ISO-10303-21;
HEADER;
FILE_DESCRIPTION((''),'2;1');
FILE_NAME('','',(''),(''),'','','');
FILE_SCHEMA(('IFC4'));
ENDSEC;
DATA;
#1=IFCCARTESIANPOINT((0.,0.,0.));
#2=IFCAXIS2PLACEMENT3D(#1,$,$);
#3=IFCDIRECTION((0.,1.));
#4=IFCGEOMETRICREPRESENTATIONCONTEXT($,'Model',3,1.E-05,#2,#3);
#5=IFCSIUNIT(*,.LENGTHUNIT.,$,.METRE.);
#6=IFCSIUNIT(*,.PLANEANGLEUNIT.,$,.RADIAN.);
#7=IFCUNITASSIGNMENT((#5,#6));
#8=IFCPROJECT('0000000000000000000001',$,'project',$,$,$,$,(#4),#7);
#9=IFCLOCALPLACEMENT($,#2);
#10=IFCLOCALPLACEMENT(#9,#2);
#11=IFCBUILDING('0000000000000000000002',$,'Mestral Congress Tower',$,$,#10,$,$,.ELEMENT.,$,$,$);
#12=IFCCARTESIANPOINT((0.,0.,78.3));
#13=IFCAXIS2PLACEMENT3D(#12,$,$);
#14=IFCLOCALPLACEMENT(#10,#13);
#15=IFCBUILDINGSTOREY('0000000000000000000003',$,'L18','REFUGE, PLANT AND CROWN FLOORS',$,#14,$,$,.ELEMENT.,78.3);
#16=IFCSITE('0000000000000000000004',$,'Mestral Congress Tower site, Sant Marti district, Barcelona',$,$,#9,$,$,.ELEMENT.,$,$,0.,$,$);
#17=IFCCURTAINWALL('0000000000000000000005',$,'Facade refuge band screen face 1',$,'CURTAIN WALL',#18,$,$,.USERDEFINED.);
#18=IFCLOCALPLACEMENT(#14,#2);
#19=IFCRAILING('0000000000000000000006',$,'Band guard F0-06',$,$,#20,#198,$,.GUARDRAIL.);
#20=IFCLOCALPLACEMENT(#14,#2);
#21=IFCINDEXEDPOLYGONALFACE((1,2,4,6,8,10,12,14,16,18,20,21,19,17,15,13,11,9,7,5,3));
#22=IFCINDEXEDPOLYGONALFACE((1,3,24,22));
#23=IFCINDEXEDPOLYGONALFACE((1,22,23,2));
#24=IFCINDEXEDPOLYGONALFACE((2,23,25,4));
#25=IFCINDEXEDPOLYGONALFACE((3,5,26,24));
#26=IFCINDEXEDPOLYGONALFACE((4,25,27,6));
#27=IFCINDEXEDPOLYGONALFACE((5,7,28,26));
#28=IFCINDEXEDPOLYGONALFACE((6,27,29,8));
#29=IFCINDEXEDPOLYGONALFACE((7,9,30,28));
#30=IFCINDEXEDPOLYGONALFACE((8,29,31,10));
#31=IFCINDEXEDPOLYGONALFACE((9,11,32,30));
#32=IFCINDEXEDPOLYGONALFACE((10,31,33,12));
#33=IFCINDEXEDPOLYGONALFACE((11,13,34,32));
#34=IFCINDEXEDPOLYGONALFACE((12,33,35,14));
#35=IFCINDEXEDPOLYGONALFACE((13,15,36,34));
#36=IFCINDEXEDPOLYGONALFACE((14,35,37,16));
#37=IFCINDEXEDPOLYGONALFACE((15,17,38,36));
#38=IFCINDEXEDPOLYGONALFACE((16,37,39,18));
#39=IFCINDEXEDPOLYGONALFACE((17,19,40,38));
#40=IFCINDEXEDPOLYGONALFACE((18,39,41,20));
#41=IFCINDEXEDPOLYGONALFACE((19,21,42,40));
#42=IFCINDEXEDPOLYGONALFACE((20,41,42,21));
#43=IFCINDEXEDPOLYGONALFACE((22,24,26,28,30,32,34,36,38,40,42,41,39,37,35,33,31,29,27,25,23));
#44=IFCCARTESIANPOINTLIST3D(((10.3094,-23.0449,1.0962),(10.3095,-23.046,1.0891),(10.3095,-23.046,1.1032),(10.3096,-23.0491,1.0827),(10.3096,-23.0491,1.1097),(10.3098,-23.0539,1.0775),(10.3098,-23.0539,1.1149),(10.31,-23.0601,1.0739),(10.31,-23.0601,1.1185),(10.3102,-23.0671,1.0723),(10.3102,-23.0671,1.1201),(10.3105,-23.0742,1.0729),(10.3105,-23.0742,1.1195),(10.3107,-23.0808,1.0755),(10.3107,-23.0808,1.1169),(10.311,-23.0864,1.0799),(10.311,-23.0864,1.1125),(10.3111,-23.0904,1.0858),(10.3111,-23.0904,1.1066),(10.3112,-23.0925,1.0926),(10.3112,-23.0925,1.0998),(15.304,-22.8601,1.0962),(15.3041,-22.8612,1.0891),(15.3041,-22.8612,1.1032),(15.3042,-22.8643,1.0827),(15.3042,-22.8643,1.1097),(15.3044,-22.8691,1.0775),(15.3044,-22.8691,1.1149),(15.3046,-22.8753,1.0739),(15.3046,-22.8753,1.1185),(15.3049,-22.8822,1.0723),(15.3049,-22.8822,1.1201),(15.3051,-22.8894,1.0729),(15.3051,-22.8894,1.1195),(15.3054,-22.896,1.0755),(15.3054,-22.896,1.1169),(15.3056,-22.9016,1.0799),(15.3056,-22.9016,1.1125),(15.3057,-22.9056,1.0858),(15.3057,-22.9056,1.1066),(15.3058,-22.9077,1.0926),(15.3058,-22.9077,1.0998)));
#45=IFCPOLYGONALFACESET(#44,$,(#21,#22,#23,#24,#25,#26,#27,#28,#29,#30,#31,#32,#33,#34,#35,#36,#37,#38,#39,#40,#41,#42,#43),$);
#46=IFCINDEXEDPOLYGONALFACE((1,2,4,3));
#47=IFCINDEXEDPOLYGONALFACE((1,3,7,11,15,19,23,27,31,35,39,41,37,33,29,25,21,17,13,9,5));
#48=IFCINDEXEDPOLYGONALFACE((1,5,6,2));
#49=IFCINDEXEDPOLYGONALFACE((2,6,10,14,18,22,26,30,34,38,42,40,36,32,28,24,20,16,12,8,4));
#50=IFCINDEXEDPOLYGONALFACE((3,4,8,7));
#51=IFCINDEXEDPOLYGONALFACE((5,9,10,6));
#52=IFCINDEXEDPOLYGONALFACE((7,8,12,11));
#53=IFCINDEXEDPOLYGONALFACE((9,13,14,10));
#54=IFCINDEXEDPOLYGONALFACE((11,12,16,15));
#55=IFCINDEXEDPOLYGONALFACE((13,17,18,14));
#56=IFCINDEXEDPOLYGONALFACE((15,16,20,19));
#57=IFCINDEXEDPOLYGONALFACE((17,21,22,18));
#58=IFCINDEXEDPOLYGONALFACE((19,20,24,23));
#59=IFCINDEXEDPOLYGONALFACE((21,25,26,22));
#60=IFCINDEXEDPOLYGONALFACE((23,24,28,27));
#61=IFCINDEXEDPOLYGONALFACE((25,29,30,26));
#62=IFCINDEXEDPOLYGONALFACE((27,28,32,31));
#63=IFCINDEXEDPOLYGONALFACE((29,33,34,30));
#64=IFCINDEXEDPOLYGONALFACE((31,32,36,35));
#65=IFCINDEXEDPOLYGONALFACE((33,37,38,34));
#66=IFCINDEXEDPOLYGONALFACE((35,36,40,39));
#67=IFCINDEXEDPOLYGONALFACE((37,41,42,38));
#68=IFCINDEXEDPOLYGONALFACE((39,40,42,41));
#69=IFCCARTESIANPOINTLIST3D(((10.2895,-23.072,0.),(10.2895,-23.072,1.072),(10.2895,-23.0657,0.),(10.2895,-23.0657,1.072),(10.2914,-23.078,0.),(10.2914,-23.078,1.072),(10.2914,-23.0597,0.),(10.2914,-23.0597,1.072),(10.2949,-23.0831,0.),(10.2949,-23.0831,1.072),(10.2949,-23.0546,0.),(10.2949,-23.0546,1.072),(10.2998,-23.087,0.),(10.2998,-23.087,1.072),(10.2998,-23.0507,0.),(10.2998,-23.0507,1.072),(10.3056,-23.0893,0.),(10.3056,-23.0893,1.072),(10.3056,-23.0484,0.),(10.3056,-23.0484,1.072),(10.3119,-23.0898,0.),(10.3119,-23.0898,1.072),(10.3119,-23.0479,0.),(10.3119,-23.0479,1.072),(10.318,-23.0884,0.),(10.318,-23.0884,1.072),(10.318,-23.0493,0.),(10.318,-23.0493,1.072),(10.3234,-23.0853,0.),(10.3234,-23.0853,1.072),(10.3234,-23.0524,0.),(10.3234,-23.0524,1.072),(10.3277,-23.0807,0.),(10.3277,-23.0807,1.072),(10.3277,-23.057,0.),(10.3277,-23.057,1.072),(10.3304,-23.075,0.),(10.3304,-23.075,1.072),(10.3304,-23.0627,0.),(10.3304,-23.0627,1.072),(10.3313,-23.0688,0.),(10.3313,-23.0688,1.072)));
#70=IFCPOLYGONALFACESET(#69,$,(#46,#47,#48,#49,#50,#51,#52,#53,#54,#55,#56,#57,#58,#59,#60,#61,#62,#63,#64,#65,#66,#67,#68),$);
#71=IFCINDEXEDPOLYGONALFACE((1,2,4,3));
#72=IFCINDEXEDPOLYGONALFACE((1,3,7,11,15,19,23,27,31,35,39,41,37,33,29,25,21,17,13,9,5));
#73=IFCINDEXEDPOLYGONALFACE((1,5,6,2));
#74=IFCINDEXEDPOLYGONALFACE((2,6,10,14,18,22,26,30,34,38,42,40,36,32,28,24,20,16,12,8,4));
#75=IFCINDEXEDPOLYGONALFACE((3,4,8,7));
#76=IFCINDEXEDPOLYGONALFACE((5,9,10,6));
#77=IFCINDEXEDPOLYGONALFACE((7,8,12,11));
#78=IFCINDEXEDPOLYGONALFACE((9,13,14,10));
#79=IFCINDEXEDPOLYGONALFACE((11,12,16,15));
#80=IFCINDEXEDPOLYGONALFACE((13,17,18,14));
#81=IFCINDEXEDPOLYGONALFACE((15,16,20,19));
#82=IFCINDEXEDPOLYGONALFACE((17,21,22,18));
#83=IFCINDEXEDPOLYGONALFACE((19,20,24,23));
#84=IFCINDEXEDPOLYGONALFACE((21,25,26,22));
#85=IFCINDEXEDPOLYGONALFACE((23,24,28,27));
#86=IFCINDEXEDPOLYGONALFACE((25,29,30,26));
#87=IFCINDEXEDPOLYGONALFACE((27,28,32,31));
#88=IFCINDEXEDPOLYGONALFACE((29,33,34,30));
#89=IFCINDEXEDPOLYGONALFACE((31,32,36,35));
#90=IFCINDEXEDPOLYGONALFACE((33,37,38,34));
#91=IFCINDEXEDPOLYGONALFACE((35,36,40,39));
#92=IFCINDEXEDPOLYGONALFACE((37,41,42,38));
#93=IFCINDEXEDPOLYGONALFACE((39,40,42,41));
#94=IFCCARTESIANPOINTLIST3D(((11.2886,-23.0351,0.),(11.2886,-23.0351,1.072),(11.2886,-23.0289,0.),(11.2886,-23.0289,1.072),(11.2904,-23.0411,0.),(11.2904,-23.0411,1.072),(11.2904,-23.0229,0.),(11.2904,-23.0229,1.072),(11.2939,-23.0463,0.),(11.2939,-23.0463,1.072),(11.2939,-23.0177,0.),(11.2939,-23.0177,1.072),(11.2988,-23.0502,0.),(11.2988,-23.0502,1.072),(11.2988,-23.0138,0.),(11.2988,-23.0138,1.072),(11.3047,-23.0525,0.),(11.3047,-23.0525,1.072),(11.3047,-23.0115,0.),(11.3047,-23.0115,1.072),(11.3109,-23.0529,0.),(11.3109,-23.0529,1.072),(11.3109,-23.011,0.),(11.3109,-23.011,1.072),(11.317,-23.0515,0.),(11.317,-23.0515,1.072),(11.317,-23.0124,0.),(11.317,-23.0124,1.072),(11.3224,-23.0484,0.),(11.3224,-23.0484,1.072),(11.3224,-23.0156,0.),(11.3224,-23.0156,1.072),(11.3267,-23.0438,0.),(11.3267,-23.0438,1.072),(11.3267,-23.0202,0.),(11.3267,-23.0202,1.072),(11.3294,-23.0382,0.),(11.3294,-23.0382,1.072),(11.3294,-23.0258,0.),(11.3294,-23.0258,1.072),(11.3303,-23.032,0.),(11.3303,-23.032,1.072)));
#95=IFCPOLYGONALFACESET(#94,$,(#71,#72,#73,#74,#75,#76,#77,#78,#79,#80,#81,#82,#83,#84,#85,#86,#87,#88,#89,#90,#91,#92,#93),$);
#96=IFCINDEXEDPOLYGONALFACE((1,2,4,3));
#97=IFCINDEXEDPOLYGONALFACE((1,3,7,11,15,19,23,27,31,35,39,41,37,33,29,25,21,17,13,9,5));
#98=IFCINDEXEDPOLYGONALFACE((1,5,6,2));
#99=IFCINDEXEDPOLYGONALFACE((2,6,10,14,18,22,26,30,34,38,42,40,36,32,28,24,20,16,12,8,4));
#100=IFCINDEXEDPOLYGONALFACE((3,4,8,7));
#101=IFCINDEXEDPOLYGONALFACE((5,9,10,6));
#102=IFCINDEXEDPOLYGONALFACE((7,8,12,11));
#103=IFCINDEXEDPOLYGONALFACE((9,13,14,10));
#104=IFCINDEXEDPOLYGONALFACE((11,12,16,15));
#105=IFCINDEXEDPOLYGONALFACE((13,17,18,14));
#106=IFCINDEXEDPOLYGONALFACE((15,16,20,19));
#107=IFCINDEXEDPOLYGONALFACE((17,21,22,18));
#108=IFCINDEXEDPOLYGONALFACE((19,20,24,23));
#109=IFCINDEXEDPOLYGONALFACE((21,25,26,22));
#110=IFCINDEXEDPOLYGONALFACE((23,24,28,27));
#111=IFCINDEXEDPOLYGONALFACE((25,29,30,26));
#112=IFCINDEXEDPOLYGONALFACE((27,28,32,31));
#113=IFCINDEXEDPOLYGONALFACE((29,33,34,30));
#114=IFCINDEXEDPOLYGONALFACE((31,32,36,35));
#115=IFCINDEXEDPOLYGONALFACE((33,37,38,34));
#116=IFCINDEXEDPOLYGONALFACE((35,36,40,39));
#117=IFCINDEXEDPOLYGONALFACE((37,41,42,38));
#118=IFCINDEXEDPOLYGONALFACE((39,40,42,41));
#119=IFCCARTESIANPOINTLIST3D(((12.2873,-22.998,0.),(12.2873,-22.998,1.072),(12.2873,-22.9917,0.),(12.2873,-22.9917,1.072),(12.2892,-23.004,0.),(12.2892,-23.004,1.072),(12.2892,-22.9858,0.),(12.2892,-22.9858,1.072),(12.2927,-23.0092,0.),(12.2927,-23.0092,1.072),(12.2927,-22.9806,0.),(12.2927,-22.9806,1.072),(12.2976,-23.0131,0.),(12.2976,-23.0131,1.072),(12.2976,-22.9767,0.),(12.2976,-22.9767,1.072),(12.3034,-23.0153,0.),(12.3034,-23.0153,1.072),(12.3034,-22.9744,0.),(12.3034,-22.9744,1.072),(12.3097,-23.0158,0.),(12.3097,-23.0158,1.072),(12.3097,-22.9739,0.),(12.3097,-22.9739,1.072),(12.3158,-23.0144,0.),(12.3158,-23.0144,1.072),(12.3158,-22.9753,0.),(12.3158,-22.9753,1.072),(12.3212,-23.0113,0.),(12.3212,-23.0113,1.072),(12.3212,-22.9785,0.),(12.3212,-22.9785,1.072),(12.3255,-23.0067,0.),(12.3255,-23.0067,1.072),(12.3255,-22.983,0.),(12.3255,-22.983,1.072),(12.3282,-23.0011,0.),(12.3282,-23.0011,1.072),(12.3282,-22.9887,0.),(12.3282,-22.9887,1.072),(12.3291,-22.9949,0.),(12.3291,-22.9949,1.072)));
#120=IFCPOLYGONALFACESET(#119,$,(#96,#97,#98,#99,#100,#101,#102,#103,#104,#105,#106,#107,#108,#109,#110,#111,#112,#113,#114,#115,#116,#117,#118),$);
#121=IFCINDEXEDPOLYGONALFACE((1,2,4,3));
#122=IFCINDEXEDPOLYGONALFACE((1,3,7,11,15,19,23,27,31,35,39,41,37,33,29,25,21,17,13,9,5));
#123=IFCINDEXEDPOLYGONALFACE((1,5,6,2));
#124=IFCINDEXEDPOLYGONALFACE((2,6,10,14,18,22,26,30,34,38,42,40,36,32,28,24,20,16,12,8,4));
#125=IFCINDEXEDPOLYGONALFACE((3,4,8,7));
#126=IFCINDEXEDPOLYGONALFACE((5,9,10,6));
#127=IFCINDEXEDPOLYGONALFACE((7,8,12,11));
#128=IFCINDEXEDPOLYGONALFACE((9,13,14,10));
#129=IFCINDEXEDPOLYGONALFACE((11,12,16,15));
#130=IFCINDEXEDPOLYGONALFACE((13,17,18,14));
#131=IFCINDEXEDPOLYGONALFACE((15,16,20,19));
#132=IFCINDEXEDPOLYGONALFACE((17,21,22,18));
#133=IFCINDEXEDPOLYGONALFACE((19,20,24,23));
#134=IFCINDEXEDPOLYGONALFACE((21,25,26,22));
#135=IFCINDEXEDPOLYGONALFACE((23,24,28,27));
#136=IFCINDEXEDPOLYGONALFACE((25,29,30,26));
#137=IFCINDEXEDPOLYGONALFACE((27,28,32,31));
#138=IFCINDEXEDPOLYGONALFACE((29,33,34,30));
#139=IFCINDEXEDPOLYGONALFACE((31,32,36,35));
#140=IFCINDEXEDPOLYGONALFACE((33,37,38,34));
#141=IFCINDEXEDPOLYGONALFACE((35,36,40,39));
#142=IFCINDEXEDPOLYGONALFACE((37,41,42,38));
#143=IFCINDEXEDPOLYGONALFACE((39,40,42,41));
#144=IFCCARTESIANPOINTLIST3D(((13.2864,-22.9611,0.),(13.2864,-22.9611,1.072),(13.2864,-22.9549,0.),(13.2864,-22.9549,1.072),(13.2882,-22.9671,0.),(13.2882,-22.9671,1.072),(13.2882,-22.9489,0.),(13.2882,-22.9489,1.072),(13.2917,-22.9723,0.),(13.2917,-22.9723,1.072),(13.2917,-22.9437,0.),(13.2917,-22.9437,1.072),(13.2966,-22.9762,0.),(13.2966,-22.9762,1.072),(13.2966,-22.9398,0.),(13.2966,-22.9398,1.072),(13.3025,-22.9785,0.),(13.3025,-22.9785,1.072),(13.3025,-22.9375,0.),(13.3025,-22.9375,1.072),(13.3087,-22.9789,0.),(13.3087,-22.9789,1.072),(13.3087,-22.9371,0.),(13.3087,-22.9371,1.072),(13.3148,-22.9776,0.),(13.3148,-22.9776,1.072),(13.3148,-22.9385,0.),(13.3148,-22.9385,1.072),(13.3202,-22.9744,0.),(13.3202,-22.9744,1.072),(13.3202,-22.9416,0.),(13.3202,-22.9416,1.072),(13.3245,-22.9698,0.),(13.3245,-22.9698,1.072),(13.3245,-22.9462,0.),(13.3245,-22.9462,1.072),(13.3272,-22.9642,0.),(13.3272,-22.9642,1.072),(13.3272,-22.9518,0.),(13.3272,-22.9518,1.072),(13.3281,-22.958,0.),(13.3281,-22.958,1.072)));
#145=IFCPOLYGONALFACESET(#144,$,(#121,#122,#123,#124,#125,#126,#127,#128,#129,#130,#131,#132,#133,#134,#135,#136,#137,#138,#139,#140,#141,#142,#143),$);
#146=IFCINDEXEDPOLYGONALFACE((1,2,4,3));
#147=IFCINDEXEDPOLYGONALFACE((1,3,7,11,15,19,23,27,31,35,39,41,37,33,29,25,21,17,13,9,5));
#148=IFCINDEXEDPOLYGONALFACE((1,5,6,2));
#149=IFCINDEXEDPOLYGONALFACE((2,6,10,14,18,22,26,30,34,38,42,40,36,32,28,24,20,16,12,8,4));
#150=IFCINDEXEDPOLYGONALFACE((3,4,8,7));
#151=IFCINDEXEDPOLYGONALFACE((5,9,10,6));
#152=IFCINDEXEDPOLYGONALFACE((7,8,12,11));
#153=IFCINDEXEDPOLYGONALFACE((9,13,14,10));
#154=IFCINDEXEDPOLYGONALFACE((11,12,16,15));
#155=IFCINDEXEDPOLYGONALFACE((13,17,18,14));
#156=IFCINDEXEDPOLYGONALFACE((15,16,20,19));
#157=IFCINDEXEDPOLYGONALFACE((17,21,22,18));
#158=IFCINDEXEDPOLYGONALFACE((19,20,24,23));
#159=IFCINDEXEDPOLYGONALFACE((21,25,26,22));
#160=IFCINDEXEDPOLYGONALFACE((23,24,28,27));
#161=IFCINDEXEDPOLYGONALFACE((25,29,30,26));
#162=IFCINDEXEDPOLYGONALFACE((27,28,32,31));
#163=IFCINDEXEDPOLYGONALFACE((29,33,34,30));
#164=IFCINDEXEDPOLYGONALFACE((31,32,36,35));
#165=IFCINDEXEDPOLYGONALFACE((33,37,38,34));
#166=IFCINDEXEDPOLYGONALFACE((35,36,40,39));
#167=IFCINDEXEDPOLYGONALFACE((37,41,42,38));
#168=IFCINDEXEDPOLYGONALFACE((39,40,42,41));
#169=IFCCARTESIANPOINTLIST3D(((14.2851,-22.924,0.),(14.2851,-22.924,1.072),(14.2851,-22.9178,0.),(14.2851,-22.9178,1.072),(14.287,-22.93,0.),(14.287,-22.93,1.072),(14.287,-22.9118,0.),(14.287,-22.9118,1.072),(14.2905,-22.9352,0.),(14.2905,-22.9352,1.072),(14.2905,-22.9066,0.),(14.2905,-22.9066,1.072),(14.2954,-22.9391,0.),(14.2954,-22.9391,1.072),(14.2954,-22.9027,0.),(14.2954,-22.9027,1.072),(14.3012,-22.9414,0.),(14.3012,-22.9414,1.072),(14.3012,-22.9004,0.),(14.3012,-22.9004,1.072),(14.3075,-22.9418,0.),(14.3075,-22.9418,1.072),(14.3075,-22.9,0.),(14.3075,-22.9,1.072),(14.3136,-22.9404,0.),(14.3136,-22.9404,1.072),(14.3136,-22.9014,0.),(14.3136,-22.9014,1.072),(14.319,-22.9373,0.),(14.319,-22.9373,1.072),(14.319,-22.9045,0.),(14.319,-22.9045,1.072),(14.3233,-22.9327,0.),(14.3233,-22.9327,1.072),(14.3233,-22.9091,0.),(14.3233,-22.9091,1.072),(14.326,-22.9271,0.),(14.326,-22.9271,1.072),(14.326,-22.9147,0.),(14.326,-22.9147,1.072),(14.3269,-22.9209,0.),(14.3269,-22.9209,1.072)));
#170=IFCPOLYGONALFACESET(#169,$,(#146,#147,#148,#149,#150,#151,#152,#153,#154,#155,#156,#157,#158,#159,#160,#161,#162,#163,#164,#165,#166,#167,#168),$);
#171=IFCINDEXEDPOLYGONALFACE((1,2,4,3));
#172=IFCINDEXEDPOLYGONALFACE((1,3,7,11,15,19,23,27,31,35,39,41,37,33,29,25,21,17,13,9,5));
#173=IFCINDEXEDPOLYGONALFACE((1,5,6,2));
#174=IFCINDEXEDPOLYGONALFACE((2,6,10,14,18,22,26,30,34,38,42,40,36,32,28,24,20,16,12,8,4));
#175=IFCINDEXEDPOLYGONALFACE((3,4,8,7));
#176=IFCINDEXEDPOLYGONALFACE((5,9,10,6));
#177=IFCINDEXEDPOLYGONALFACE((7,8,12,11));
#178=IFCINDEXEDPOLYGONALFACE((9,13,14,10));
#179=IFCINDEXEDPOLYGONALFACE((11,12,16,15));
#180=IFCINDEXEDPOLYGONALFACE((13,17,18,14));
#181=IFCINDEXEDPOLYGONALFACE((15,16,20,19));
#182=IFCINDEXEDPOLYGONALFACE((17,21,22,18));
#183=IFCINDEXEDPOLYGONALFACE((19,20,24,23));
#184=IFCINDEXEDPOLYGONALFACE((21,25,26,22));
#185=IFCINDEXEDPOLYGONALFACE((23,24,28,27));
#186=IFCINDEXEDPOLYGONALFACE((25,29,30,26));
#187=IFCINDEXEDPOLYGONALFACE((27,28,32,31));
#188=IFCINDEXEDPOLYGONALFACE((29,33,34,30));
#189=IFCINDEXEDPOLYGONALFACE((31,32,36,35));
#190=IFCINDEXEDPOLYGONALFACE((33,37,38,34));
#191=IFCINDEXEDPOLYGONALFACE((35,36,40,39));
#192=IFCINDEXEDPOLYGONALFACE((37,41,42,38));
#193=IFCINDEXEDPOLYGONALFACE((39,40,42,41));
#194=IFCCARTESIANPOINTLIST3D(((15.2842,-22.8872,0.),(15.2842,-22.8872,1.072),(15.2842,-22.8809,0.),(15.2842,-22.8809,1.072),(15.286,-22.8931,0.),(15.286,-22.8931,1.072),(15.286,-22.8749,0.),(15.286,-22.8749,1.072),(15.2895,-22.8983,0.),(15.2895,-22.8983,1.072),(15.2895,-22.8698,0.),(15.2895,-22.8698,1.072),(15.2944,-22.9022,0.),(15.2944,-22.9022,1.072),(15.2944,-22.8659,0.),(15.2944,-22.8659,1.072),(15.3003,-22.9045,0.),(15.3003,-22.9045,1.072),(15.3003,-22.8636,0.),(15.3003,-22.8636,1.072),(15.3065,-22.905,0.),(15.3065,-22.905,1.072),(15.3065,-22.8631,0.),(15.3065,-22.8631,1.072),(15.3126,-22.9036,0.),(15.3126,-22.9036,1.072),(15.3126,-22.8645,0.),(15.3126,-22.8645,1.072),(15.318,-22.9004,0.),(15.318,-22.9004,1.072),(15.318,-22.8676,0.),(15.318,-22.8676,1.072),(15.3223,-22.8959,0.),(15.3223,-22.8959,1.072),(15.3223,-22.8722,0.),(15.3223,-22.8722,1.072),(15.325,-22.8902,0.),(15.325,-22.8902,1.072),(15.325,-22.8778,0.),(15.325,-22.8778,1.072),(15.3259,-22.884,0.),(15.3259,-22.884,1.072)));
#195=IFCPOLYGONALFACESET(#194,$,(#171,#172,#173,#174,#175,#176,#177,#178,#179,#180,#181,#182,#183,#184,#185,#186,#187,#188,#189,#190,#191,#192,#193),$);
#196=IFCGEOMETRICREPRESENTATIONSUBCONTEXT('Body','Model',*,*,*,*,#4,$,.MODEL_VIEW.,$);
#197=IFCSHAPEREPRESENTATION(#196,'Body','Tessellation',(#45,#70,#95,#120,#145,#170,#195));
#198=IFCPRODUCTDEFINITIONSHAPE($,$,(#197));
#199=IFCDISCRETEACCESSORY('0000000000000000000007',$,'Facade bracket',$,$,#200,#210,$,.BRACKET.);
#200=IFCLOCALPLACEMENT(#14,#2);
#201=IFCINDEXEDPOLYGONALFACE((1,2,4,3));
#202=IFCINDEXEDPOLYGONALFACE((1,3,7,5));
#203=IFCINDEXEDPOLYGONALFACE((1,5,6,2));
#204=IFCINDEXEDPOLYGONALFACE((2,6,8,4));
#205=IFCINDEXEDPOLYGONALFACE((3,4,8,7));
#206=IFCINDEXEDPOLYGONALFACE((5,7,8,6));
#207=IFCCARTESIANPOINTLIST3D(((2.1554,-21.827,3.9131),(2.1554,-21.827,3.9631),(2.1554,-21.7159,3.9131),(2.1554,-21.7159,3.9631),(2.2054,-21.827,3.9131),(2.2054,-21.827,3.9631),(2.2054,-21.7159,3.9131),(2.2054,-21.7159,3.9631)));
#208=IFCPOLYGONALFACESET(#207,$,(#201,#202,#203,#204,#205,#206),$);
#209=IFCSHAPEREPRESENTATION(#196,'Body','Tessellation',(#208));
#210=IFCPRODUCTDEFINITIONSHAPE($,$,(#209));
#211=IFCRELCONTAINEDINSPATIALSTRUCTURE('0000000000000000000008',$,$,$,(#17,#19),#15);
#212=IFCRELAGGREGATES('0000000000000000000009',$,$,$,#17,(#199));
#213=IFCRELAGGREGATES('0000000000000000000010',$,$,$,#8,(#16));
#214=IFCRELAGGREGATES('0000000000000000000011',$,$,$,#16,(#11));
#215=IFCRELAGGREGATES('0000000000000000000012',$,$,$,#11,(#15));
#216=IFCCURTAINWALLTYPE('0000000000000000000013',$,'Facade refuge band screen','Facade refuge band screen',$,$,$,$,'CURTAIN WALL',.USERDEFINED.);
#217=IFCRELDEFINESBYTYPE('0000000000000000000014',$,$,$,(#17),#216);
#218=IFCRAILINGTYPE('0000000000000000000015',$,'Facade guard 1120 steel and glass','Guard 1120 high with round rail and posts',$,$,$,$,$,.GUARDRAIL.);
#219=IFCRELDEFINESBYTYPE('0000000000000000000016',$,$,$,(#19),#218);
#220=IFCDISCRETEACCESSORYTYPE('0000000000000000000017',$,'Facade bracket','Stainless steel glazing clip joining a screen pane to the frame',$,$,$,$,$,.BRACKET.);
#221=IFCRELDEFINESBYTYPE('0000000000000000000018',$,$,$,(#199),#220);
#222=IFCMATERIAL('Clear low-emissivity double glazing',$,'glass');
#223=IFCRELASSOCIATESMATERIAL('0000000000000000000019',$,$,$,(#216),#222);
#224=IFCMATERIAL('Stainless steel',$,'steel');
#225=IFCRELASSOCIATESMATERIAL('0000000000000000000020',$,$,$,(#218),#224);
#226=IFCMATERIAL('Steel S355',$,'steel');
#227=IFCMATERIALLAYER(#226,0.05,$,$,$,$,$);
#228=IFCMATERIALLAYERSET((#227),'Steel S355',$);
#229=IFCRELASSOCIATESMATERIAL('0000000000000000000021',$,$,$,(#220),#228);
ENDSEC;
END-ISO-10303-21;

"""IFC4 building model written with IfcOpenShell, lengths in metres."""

from ifc_helpers import new_model, si_unit, direction, frame, origin, origin_2d, place, context, subcontext, project, spatial, rectangle, circle, extrude, material, layer, layer_set, type_object, element, aggregate, save


model = new_model("IFC4")

# Units and contexts
model_context = context("Model", 3, precision=1e-05, world=origin(), true_north=direction((0.0, 1.0)))
body_context = subcontext(model_context, "Body", "Model", "MODEL_VIEW")
ifc_project = project(units=[si_unit("LENGTHUNIT", "METRE"), si_unit("PLANEANGLEUNIT", "RADIAN")], contexts=[model_context])

# Site, building, storey
site_placement = place(None, origin())
site = spatial("IfcSite", under=ifc_project, at=site_placement, Name="Mestral Congress Tower site, Sant Marti district, Barcelona", CompositionType="ELEMENT", RefElevation=0.0)
building_placement = place(site_placement, origin())
building = spatial("IfcBuilding", under=site, at=building_placement, Name="Mestral Congress Tower", CompositionType="ELEMENT")
storey_placement = place(building_placement, frame((0.0, 0.0, 78.3)))
storey = spatial("IfcBuildingStorey", under=building, at=storey_placement, Name="L18", Description="REFUGE, PLANT AND CROWN FLOORS", CompositionType="ELEMENT", Elevation=78.3)

# Shared definitions
ifc_material_1 = material(Name="Steel S355", Category="steel")

# Curtain wall
ifc_material_2 = material(Name="Clear low-emissivity double glazing", Category="glass")
curtain_wall_type = type_object("IfcCurtainWallType", Name="Facade refuge band screen", Description="Facade refuge band screen", ElementType="CURTAIN WALL", PredefinedType="USERDEFINED", material=ifc_material_2)
curtain_wall_placement = place(storey_placement, origin())
curtain_wall = element("IfcCurtainWall", 1, at=curtain_wall_placement, inside=storey, type_object=curtain_wall_type, Name="Facade refuge band screen face 1", ObjectType="CURTAIN WALL", PredefinedType="USERDEFINED")

# Railing
ifc_material_3 = material(Name="Stainless steel", Category="steel")
railing_type = type_object("IfcRailingType", Name="Facade guard 1120 steel and glass", Description="Guard 1120 high with round rail and posts", PredefinedType="GUARDRAIL", material=ifc_material_3)
railing_1_placement = place(storey_placement, frame((10.3103, -23.0688, 0.0)))
element("IfcRailing", 2, at=railing_1_placement, inside=storey, type_object=railing_type, Name="Band guard F0-06", PredefinedType="GUARDRAIL", context=body_context, shape_type="SweptSolid", body=[
    extrude(circle(Radius=0.0239, at=origin_2d()), frame((0.0, 0.0, 1.0962), z_axis=(0.999316, 0.036977, 0.0), x_axis=(-0.036977, 0.999316, 0.0)), (0.0, 0.0, 1.0), 4.998),
    extrude(circle(Radius=0.021, at=origin_2d()), origin(), (0.0, 0.0, 1.0), 1.072),
    extrude(circle(Radius=0.021, at=origin_2d()), frame((0.999, 0.0369, 0.0)), (0.0, 0.0, 1.0), 1.072),
    extrude(circle(Radius=0.021, at=origin_2d()), frame((1.9978, 0.074, 0.0)), (0.0, 0.0, 1.0), 1.072),
    extrude(circle(Radius=0.021, at=origin_2d()), frame((2.9968, 0.1108, 0.0)), (0.0, 0.0, 1.0), 1.072),
    extrude(circle(Radius=0.021, at=origin_2d()), frame((3.9956, 0.1479, 0.0)), (0.0, 0.0, 1.0), 1.072),
    extrude(circle(Radius=0.021, at=origin_2d()), frame((4.9946, 0.1848, 0.0)), (0.0, 0.0, 1.0), 1.072),
])

# Discrete accessory
ifc_layer_1 = layer(ifc_material_1, 0.05)
ifc_layer_set_1 = layer_set([ifc_layer_1], Name="Steel S355")
discrete_accessory_type = type_object("IfcDiscreteAccessoryType", Name="Facade bracket", Description="Stainless steel glazing clip joining a screen pane to the frame", PredefinedType="BRACKET", material=ifc_layer_set_1)
discrete_accessory_1_placement = place(storey_placement, frame((2.1804, -21.7715, 3.9131), z_axis=(0.0, 0.0, 1.0), x_axis=(1.0, 0.0, 0.0)))
discrete_accessory_1 = element("IfcDiscreteAccessory", 3, at=discrete_accessory_1_placement, type_object=discrete_accessory_type, Name="Facade bracket", PredefinedType="BRACKET", context=body_context, shape_type="SweptSolid", body=[
    extrude(rectangle(XDim=0.05, YDim=0.1111, at=origin_2d()), origin(), (0.0, 0.0, 1.0), 0.05),
])
aggregate(curtain_wall, [discrete_accessory_1])

save(model, "model.ifc")
